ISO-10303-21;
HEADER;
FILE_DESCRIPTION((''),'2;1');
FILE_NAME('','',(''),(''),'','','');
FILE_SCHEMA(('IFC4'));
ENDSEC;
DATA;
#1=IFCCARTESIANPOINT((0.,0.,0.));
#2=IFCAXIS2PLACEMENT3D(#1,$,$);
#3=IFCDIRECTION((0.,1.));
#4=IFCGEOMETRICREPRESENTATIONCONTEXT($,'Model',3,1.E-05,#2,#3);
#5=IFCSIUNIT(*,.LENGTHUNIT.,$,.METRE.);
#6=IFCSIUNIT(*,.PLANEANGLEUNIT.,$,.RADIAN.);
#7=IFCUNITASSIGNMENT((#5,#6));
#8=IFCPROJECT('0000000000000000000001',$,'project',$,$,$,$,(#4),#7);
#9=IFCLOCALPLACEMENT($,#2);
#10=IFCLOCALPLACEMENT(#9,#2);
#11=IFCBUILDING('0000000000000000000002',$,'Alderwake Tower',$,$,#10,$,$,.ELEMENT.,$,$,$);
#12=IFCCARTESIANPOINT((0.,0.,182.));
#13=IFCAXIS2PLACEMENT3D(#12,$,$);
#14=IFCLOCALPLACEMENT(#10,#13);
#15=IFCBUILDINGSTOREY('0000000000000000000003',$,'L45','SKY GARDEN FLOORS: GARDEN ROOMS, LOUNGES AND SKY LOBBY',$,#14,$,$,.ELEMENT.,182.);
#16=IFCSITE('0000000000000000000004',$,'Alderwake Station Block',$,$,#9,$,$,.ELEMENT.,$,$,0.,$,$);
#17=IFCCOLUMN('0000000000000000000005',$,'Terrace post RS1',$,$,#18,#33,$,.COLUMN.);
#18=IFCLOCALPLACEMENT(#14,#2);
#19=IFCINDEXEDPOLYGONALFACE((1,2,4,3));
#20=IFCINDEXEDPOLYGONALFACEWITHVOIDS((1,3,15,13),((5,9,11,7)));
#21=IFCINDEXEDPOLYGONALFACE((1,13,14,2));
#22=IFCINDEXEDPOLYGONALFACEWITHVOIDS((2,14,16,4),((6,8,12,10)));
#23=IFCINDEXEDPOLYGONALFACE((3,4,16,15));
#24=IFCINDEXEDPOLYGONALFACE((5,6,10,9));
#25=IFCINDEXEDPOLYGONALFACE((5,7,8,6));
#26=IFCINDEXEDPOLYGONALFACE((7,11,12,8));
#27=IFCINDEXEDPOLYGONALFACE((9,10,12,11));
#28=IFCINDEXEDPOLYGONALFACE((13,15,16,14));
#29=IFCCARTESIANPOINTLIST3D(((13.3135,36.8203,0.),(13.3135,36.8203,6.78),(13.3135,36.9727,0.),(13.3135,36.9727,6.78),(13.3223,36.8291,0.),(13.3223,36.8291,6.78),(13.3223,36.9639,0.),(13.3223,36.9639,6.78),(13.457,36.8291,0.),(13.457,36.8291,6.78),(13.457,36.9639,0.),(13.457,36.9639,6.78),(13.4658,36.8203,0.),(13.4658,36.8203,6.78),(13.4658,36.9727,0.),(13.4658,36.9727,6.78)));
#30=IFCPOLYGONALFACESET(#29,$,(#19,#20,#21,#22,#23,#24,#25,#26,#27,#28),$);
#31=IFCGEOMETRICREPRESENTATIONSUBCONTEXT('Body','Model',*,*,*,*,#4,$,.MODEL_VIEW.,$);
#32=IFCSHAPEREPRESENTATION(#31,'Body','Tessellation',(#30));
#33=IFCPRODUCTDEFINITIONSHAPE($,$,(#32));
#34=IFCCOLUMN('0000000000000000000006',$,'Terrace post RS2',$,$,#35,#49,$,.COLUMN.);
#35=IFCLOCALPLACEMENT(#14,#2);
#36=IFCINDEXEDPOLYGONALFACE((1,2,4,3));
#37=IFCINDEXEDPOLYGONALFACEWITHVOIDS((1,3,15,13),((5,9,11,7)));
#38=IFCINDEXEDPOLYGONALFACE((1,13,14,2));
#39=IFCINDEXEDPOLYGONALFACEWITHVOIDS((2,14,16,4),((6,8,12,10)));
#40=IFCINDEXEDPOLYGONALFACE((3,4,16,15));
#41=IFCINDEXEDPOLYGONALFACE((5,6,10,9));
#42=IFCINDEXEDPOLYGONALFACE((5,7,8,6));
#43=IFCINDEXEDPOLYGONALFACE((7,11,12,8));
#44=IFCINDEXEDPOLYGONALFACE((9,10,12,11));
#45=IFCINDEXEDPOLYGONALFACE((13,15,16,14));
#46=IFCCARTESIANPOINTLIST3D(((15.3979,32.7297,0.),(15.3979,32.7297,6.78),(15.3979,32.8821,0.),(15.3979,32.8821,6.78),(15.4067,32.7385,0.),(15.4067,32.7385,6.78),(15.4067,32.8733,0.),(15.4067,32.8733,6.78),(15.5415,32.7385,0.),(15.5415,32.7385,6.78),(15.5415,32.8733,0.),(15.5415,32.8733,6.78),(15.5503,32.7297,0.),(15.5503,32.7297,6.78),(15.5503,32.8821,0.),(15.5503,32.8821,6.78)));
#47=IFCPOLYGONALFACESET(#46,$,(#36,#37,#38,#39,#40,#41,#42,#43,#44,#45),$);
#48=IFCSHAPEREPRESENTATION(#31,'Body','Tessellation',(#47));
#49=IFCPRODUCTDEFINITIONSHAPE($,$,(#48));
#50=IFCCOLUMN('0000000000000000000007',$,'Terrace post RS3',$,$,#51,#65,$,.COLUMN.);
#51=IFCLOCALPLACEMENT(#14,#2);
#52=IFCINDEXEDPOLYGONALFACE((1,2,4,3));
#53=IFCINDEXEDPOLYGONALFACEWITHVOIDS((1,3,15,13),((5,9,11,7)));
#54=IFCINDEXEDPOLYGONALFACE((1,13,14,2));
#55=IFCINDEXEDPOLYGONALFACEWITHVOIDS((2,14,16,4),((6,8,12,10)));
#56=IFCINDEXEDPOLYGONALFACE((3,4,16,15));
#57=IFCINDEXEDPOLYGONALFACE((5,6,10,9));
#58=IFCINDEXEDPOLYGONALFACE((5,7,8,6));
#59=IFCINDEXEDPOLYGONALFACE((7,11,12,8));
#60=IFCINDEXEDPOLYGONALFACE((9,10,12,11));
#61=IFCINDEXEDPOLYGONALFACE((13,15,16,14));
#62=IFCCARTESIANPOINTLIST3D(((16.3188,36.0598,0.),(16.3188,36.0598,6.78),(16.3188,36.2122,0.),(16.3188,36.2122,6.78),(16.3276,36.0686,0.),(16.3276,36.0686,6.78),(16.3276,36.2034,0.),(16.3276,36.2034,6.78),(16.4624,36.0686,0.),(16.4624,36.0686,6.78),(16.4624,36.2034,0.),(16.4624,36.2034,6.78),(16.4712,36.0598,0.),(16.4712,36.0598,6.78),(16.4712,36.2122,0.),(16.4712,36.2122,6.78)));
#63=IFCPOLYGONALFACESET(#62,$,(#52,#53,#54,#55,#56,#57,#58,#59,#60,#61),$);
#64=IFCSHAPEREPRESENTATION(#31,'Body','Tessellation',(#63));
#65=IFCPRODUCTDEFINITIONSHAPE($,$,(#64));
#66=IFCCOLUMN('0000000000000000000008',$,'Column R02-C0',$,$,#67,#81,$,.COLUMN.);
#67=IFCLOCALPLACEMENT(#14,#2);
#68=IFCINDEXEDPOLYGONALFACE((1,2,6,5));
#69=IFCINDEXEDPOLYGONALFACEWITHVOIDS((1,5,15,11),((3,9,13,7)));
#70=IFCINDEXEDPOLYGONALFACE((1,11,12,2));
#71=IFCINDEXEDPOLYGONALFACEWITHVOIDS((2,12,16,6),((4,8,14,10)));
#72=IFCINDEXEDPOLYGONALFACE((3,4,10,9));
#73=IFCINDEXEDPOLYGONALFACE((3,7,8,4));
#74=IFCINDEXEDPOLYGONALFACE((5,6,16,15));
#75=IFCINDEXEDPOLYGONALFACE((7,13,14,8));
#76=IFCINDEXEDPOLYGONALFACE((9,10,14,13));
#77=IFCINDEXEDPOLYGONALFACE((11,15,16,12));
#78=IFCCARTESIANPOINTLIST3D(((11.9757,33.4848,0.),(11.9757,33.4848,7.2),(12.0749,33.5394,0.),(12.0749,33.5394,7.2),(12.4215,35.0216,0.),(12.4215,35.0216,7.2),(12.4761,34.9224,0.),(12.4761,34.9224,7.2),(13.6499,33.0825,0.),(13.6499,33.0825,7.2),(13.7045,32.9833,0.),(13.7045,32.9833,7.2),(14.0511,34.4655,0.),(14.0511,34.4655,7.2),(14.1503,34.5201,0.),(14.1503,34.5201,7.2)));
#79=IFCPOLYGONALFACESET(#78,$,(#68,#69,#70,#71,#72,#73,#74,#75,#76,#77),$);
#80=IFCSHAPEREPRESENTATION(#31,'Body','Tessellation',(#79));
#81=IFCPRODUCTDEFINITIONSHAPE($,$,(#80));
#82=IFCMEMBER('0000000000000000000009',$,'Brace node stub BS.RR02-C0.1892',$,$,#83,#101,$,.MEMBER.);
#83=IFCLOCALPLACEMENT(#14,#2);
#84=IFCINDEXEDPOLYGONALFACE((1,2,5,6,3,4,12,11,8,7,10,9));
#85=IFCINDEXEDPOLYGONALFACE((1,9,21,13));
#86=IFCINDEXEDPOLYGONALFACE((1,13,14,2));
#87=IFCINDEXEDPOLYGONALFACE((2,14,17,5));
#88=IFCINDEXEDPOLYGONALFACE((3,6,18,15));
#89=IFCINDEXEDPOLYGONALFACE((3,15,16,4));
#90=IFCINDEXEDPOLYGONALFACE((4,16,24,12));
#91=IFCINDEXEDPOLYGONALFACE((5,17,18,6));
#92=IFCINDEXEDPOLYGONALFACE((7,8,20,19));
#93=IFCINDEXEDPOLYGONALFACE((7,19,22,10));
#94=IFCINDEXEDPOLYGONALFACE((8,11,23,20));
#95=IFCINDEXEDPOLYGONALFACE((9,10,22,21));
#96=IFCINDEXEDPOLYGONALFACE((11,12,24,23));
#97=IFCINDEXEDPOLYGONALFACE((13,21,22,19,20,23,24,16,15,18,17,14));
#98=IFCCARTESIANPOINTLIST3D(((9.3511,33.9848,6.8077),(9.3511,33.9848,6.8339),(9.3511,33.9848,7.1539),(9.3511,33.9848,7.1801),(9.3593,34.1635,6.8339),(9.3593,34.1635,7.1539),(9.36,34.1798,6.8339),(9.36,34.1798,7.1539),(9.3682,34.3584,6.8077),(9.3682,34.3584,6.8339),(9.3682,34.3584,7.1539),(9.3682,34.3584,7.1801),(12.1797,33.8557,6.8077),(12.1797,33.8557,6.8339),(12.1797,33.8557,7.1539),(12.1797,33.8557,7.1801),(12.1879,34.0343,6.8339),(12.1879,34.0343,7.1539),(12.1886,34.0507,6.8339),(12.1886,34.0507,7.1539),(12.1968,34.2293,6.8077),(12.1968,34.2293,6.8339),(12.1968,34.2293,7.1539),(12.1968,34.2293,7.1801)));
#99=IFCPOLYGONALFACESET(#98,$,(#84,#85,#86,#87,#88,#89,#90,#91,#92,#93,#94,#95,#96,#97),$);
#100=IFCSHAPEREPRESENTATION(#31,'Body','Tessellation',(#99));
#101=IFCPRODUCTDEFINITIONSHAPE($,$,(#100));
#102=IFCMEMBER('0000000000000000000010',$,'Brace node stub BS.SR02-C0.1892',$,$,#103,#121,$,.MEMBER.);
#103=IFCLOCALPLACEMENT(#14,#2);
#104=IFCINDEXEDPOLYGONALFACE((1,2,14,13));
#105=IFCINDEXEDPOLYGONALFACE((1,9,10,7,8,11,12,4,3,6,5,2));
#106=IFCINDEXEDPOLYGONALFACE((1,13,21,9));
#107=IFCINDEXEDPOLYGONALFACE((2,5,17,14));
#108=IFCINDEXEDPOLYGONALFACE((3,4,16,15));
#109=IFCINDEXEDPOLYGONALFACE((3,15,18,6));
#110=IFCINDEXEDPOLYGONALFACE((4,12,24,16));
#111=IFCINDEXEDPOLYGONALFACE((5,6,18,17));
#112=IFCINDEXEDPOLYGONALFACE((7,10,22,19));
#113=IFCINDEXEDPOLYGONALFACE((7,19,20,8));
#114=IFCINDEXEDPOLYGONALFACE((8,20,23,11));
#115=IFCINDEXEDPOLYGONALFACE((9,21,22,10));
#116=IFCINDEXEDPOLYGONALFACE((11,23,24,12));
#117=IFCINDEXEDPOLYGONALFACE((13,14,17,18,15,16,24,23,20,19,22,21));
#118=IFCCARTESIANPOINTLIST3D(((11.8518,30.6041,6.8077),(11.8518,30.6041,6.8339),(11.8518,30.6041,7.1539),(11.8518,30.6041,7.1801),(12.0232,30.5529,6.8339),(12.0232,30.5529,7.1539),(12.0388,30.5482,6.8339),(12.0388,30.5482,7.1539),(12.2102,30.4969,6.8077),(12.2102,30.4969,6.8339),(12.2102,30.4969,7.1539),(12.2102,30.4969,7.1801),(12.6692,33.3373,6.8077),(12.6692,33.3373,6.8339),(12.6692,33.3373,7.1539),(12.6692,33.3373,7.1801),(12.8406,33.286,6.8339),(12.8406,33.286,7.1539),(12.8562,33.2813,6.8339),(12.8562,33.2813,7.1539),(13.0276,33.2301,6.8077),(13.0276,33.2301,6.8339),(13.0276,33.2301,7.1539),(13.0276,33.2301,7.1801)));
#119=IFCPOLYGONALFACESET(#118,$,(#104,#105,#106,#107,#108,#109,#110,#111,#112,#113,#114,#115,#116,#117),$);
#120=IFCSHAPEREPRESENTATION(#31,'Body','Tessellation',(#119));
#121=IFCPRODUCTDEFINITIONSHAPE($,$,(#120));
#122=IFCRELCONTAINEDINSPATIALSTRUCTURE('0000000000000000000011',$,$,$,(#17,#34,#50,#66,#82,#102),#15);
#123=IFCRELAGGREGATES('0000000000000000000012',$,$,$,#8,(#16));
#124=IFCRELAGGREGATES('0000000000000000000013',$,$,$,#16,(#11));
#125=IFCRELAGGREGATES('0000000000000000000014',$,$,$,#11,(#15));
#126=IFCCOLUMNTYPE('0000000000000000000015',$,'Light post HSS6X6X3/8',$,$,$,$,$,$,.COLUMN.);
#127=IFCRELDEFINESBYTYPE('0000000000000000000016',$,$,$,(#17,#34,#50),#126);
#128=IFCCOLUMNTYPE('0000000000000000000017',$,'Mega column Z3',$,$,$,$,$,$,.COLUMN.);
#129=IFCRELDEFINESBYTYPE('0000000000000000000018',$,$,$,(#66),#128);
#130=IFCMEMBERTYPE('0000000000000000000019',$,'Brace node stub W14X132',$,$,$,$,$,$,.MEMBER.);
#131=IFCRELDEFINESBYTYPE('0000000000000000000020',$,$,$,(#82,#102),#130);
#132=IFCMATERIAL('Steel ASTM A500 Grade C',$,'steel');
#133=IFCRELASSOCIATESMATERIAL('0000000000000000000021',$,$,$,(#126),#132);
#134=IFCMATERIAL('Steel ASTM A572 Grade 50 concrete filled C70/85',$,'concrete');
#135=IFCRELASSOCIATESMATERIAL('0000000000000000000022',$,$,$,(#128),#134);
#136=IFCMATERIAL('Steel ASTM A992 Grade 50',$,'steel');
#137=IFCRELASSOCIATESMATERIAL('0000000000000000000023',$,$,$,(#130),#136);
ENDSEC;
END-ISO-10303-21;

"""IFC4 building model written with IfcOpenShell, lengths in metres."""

from ifc_helpers import new_model, si_unit, direction, frame, origin, origin_2d, place, context, subcontext, project, spatial, hollow_rectangle, i_section, extrude, material, material_profile, profile_set, type_object, element, save


model = new_model("IFC4")

# Units and contexts
model_context = context("Model", 3, precision=1e-05, world=origin(), true_north=direction((0.0, 1.0)))
body_context = subcontext(model_context, "Body", "Model", "MODEL_VIEW")
ifc_project = project(units=[si_unit("LENGTHUNIT", "METRE"), si_unit("PLANEANGLEUNIT", "RADIAN")], contexts=[model_context])

# Site, building, storey
site_placement = place(None, origin())
site = spatial("IfcSite", under=ifc_project, at=site_placement, Name="Alderwake Station Block", CompositionType="ELEMENT", RefElevation=0.0)
building_placement = place(site_placement, origin())
building = spatial("IfcBuilding", under=site, at=building_placement, Name="Alderwake Tower", CompositionType="ELEMENT")
storey_placement = place(building_placement, frame((0.0, 0.0, 182.0)))
storey = spatial("IfcBuildingStorey", under=building, at=storey_placement, Name="L45", Description="SKY GARDEN FLOORS: GARDEN ROOMS, LOUNGES AND SKY LOBBY", CompositionType="ELEMENT", Elevation=182.0)

# Columns
ifc_material_1 = material(Name="Steel ASTM A500 Grade C", Category="steel")
ifc_material_profile_1 = material_profile(ifc_material_1, hollow_rectangle(XDim=0.1523, YDim=0.1523, WallThickness=0.0088, at=origin_2d()), Name="HSS6X6X3/8")
ifc_profile_set_1 = profile_set([ifc_material_profile_1], Name="Steel ASTM A500 Grade C")
column_type_1 = type_object("IfcColumnType", Name="Light post HSS6X6X3/8", PredefinedType="COLUMN", material=ifc_profile_set_1)
for number, where, z_axis, x_axis, name in (
    (1, (13.3896, 36.8965, 0.0), (0.0, 0.0, 1.0), (1.0, 0.0, 0.0), "Terrace post RS1"),
    (2, (15.4741, 32.8059, 0.0), (0.0, 0.0, 1.0), (1.0, 0.0, 0.0), "Terrace post RS2"),
    (3, (16.395, 36.136, 0.0), (0.0, 0.0, 1.0), (1.0, 0.0, 0.0), "Terrace post RS3"),
):
    element("IfcColumn", number, at=place(storey_placement, frame(where, z_axis=z_axis, x_axis=x_axis)), inside=storey, type_object=column_type_1, Name=name, PredefinedType="COLUMN", context=body_context, shape_type="SweptSolid", body=[
        extrude(hollow_rectangle(XDim=0.1523, YDim=0.1523, WallThickness=0.0088, at=origin_2d()), origin(), (0.0, 0.0, 1.0), 6.78),
    ])
ifc_material_2 = material(Name="Steel ASTM A572 Grade 50 concrete filled C70/85", Category="concrete")
ifc_material_profile_2 = material_profile(ifc_material_2, hollow_rectangle(XDim=1.6001, YDim=1.8, WallThickness=0.0801, at=origin_2d()), Name="BOX 1800X1600X80")
ifc_profile_set_2 = profile_set([ifc_material_profile_2], Name="Steel ASTM A572 Grade 50 concrete filled C70/85")
column_type_2 = type_object("IfcColumnType", Name="Mega column Z3", PredefinedType="COLUMN", material=ifc_profile_set_2)
column_placement = place(storey_placement, frame((13.063, 34.0024, 0.0), z_axis=(0.0, 0.0, 1.0), x_axis=(0.278612, 0.960404, 0.0)))
element("IfcColumn", 4, at=column_placement, inside=storey, type_object=column_type_2, Name="Column R02-C0", PredefinedType="COLUMN", context=body_context, shape_type="SweptSolid", body=[
    extrude(hollow_rectangle(XDim=1.6001, YDim=1.8, WallThickness=0.0801, at=origin_2d()), origin(), (0.0, 0.0, 1.0), 7.2),
])

# Members
ifc_material_3 = material(Name="Steel ASTM A992 Grade 50", Category="steel")
ifc_material_profile_3 = material_profile(ifc_material_3, i_section(OverallWidth=0.374, OverallDepth=0.3723, WebThickness=0.0164, FlangeThickness=0.0261, at=origin_2d()), Name="W14X132")
ifc_profile_set_3 = profile_set([ifc_material_profile_3], Name="Steel ASTM A992 Grade 50")
member_type = type_object("IfcMemberType", Name="Brace node stub W14X132", PredefinedType="MEMBER", material=ifc_profile_set_3)
member_1_placement = place(storey_placement, frame((12.1882, 34.0425, 6.9939), z_axis=(-0.998959, 0.045611, 0.0), x_axis=(-0.045611, -0.998959, 0.0)))
element("IfcMember", 5, at=member_1_placement, inside=storey, type_object=member_type, Name="Brace node stub BS.RR02-C0.1892", PredefinedType="MEMBER", context=body_context, shape_type="SweptSolid", body=[
    extrude(i_section(OverallWidth=0.374, OverallDepth=0.3723, WebThickness=0.0164, FlangeThickness=0.0261, at=origin_2d()), origin(), (0.0, 0.0, 1.0), 2.8315),
])
member_2_placement = place(storey_placement, frame((12.8484, 33.2837, 6.9939), z_axis=(-0.286523, -0.958073, 0.0), x_axis=(0.958073, -0.286523, 0.0)))
element("IfcMember", 6, at=member_2_placement, inside=storey, type_object=member_type, Name="Brace node stub BS.SR02-C0.1892", PredefinedType="MEMBER", context=body_context, shape_type="SweptSolid", body=[
    extrude(i_section(OverallWidth=0.374, OverallDepth=0.3723, WebThickness=0.0164, FlangeThickness=0.0261, at=origin_2d()), origin(), (0.0, 0.0, 1.0), 2.8528),
])

save(model, "model.ifc")
